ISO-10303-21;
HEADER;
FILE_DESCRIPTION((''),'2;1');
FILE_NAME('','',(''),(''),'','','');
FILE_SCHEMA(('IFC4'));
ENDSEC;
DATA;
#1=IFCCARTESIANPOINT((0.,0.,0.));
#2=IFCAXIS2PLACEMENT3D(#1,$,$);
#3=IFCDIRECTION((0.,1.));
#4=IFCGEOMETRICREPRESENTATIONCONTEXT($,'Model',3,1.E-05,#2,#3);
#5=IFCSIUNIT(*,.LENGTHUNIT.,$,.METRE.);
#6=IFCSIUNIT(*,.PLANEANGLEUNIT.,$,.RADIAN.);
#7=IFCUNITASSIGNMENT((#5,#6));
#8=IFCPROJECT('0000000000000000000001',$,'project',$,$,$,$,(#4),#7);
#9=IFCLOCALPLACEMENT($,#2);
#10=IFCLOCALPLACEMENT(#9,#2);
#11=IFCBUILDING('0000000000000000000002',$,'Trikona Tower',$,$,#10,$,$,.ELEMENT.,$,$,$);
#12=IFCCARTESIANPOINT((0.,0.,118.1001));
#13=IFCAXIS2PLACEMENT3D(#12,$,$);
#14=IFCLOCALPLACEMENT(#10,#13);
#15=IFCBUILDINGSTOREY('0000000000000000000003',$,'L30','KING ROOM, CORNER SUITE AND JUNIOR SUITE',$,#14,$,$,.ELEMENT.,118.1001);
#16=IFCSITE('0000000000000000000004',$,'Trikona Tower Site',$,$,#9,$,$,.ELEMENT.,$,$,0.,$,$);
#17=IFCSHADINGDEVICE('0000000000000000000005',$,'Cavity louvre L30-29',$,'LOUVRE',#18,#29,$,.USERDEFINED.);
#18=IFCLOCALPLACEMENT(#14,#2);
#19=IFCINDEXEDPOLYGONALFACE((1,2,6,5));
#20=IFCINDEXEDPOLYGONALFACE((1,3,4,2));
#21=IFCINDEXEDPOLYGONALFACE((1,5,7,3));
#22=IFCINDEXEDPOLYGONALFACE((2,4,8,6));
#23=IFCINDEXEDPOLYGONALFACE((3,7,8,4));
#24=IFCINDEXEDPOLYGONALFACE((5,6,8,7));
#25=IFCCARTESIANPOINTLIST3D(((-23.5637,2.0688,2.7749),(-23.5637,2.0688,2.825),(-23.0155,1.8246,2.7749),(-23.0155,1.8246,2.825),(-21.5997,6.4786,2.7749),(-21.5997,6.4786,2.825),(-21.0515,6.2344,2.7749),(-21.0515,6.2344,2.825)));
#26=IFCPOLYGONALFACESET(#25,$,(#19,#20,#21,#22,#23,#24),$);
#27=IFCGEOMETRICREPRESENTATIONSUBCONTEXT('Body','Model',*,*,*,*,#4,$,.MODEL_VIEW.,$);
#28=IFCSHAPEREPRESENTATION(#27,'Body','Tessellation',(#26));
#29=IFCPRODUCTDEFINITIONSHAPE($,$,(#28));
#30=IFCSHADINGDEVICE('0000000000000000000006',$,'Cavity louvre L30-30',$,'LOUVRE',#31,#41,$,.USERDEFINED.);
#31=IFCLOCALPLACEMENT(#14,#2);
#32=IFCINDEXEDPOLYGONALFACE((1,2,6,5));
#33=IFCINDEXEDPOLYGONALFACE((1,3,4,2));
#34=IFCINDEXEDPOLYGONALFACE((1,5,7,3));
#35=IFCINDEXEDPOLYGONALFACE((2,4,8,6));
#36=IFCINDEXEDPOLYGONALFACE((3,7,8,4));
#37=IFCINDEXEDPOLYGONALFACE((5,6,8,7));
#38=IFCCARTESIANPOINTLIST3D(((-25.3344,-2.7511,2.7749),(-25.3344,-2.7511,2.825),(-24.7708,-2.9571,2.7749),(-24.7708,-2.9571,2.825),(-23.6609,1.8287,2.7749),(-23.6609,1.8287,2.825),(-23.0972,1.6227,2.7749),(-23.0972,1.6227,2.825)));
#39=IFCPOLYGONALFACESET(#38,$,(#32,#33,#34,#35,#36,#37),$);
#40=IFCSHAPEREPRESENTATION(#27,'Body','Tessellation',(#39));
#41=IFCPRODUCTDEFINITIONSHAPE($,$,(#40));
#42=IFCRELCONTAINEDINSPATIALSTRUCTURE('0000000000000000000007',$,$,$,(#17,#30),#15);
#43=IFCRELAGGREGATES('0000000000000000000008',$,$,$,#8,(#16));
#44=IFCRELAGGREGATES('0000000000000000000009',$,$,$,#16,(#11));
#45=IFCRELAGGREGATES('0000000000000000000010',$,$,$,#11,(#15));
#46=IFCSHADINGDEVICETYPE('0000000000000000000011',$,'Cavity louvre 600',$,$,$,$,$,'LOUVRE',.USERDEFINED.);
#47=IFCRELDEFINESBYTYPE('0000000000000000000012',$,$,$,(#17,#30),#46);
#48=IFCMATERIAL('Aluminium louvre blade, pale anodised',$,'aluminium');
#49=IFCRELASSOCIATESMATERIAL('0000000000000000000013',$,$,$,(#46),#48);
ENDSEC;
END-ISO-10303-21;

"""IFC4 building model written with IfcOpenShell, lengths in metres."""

from ifc_helpers import new_model, si_unit, direction, frame, origin, origin_2d, place, context, subcontext, project, spatial, rectangle, extrude, material, type_object, element, save


model = new_model("IFC4")

# Units and contexts
model_context = context("Model", 3, precision=1e-05, world=origin(), true_north=direction((0.0, 1.0)))
body_context = subcontext(model_context, "Body", "Model", "MODEL_VIEW")
ifc_project = project(units=[si_unit("LENGTHUNIT", "METRE"), si_unit("PLANEANGLEUNIT", "RADIAN")], contexts=[model_context])

# Site, building, storey
site_placement = place(None, origin())
site = spatial("IfcSite", under=ifc_project, at=site_placement, Name="Trikona Tower Site", CompositionType="ELEMENT", RefElevation=0.0)
building_placement = place(site_placement, origin())
building = spatial("IfcBuilding", under=site, at=building_placement, Name="Trikona Tower", CompositionType="ELEMENT")
storey_placement = place(building_placement, frame((0.0, 0.0, 118.1001)))
storey = spatial("IfcBuildingStorey", under=building, at=storey_placement, Name="L30", Description="KING ROOM, CORNER SUITE AND JUNIOR SUITE", CompositionType="ELEMENT", Elevation=118.1001)

# Shading devices
ifc_material_1 = material(Name="Aluminium louvre blade, pale anodised", Category="aluminium")
shading_device_type = type_object("IfcShadingDeviceType", Name="Cavity louvre 600", ElementType="LOUVRE", PredefinedType="USERDEFINED", material=ifc_material_1)
shading_device_1_placement = place(storey_placement, frame((-22.3076, 4.1516, 2.7749), z_axis=(0.0, 0.0, 1.0), x_axis=(-0.406843, -0.913498, 0.0)))
element("IfcShadingDevice", 1, at=shading_device_1_placement, inside=storey, type_object=shading_device_type, Name="Cavity louvre L30-29", ObjectType="LOUVRE", PredefinedType="USERDEFINED", context=body_context, shape_type="SweptSolid", body=[
    extrude(rectangle(XDim=4.8274, YDim=0.6001, at=origin_2d()), origin(), (0.0, 0.0, 1.0), 0.05),
])
shading_device_2_placement = place(storey_placement, frame((-24.2158, -0.5642, 2.7749), z_axis=(0.0, 0.0, 1.0), x_axis=(-0.34322, -0.939255, 0.0)))
element("IfcShadingDevice", 2, at=shading_device_2_placement, inside=storey, type_object=shading_device_type, Name="Cavity louvre L30-30", ObjectType="LOUVRE", PredefinedType="USERDEFINED", context=body_context, shape_type="SweptSolid", body=[
    extrude(rectangle(XDim=4.876, YDim=0.6001, at=origin_2d()), origin(), (0.0, 0.0, 1.0), 0.05),
])

save(model, "model.ifc")
